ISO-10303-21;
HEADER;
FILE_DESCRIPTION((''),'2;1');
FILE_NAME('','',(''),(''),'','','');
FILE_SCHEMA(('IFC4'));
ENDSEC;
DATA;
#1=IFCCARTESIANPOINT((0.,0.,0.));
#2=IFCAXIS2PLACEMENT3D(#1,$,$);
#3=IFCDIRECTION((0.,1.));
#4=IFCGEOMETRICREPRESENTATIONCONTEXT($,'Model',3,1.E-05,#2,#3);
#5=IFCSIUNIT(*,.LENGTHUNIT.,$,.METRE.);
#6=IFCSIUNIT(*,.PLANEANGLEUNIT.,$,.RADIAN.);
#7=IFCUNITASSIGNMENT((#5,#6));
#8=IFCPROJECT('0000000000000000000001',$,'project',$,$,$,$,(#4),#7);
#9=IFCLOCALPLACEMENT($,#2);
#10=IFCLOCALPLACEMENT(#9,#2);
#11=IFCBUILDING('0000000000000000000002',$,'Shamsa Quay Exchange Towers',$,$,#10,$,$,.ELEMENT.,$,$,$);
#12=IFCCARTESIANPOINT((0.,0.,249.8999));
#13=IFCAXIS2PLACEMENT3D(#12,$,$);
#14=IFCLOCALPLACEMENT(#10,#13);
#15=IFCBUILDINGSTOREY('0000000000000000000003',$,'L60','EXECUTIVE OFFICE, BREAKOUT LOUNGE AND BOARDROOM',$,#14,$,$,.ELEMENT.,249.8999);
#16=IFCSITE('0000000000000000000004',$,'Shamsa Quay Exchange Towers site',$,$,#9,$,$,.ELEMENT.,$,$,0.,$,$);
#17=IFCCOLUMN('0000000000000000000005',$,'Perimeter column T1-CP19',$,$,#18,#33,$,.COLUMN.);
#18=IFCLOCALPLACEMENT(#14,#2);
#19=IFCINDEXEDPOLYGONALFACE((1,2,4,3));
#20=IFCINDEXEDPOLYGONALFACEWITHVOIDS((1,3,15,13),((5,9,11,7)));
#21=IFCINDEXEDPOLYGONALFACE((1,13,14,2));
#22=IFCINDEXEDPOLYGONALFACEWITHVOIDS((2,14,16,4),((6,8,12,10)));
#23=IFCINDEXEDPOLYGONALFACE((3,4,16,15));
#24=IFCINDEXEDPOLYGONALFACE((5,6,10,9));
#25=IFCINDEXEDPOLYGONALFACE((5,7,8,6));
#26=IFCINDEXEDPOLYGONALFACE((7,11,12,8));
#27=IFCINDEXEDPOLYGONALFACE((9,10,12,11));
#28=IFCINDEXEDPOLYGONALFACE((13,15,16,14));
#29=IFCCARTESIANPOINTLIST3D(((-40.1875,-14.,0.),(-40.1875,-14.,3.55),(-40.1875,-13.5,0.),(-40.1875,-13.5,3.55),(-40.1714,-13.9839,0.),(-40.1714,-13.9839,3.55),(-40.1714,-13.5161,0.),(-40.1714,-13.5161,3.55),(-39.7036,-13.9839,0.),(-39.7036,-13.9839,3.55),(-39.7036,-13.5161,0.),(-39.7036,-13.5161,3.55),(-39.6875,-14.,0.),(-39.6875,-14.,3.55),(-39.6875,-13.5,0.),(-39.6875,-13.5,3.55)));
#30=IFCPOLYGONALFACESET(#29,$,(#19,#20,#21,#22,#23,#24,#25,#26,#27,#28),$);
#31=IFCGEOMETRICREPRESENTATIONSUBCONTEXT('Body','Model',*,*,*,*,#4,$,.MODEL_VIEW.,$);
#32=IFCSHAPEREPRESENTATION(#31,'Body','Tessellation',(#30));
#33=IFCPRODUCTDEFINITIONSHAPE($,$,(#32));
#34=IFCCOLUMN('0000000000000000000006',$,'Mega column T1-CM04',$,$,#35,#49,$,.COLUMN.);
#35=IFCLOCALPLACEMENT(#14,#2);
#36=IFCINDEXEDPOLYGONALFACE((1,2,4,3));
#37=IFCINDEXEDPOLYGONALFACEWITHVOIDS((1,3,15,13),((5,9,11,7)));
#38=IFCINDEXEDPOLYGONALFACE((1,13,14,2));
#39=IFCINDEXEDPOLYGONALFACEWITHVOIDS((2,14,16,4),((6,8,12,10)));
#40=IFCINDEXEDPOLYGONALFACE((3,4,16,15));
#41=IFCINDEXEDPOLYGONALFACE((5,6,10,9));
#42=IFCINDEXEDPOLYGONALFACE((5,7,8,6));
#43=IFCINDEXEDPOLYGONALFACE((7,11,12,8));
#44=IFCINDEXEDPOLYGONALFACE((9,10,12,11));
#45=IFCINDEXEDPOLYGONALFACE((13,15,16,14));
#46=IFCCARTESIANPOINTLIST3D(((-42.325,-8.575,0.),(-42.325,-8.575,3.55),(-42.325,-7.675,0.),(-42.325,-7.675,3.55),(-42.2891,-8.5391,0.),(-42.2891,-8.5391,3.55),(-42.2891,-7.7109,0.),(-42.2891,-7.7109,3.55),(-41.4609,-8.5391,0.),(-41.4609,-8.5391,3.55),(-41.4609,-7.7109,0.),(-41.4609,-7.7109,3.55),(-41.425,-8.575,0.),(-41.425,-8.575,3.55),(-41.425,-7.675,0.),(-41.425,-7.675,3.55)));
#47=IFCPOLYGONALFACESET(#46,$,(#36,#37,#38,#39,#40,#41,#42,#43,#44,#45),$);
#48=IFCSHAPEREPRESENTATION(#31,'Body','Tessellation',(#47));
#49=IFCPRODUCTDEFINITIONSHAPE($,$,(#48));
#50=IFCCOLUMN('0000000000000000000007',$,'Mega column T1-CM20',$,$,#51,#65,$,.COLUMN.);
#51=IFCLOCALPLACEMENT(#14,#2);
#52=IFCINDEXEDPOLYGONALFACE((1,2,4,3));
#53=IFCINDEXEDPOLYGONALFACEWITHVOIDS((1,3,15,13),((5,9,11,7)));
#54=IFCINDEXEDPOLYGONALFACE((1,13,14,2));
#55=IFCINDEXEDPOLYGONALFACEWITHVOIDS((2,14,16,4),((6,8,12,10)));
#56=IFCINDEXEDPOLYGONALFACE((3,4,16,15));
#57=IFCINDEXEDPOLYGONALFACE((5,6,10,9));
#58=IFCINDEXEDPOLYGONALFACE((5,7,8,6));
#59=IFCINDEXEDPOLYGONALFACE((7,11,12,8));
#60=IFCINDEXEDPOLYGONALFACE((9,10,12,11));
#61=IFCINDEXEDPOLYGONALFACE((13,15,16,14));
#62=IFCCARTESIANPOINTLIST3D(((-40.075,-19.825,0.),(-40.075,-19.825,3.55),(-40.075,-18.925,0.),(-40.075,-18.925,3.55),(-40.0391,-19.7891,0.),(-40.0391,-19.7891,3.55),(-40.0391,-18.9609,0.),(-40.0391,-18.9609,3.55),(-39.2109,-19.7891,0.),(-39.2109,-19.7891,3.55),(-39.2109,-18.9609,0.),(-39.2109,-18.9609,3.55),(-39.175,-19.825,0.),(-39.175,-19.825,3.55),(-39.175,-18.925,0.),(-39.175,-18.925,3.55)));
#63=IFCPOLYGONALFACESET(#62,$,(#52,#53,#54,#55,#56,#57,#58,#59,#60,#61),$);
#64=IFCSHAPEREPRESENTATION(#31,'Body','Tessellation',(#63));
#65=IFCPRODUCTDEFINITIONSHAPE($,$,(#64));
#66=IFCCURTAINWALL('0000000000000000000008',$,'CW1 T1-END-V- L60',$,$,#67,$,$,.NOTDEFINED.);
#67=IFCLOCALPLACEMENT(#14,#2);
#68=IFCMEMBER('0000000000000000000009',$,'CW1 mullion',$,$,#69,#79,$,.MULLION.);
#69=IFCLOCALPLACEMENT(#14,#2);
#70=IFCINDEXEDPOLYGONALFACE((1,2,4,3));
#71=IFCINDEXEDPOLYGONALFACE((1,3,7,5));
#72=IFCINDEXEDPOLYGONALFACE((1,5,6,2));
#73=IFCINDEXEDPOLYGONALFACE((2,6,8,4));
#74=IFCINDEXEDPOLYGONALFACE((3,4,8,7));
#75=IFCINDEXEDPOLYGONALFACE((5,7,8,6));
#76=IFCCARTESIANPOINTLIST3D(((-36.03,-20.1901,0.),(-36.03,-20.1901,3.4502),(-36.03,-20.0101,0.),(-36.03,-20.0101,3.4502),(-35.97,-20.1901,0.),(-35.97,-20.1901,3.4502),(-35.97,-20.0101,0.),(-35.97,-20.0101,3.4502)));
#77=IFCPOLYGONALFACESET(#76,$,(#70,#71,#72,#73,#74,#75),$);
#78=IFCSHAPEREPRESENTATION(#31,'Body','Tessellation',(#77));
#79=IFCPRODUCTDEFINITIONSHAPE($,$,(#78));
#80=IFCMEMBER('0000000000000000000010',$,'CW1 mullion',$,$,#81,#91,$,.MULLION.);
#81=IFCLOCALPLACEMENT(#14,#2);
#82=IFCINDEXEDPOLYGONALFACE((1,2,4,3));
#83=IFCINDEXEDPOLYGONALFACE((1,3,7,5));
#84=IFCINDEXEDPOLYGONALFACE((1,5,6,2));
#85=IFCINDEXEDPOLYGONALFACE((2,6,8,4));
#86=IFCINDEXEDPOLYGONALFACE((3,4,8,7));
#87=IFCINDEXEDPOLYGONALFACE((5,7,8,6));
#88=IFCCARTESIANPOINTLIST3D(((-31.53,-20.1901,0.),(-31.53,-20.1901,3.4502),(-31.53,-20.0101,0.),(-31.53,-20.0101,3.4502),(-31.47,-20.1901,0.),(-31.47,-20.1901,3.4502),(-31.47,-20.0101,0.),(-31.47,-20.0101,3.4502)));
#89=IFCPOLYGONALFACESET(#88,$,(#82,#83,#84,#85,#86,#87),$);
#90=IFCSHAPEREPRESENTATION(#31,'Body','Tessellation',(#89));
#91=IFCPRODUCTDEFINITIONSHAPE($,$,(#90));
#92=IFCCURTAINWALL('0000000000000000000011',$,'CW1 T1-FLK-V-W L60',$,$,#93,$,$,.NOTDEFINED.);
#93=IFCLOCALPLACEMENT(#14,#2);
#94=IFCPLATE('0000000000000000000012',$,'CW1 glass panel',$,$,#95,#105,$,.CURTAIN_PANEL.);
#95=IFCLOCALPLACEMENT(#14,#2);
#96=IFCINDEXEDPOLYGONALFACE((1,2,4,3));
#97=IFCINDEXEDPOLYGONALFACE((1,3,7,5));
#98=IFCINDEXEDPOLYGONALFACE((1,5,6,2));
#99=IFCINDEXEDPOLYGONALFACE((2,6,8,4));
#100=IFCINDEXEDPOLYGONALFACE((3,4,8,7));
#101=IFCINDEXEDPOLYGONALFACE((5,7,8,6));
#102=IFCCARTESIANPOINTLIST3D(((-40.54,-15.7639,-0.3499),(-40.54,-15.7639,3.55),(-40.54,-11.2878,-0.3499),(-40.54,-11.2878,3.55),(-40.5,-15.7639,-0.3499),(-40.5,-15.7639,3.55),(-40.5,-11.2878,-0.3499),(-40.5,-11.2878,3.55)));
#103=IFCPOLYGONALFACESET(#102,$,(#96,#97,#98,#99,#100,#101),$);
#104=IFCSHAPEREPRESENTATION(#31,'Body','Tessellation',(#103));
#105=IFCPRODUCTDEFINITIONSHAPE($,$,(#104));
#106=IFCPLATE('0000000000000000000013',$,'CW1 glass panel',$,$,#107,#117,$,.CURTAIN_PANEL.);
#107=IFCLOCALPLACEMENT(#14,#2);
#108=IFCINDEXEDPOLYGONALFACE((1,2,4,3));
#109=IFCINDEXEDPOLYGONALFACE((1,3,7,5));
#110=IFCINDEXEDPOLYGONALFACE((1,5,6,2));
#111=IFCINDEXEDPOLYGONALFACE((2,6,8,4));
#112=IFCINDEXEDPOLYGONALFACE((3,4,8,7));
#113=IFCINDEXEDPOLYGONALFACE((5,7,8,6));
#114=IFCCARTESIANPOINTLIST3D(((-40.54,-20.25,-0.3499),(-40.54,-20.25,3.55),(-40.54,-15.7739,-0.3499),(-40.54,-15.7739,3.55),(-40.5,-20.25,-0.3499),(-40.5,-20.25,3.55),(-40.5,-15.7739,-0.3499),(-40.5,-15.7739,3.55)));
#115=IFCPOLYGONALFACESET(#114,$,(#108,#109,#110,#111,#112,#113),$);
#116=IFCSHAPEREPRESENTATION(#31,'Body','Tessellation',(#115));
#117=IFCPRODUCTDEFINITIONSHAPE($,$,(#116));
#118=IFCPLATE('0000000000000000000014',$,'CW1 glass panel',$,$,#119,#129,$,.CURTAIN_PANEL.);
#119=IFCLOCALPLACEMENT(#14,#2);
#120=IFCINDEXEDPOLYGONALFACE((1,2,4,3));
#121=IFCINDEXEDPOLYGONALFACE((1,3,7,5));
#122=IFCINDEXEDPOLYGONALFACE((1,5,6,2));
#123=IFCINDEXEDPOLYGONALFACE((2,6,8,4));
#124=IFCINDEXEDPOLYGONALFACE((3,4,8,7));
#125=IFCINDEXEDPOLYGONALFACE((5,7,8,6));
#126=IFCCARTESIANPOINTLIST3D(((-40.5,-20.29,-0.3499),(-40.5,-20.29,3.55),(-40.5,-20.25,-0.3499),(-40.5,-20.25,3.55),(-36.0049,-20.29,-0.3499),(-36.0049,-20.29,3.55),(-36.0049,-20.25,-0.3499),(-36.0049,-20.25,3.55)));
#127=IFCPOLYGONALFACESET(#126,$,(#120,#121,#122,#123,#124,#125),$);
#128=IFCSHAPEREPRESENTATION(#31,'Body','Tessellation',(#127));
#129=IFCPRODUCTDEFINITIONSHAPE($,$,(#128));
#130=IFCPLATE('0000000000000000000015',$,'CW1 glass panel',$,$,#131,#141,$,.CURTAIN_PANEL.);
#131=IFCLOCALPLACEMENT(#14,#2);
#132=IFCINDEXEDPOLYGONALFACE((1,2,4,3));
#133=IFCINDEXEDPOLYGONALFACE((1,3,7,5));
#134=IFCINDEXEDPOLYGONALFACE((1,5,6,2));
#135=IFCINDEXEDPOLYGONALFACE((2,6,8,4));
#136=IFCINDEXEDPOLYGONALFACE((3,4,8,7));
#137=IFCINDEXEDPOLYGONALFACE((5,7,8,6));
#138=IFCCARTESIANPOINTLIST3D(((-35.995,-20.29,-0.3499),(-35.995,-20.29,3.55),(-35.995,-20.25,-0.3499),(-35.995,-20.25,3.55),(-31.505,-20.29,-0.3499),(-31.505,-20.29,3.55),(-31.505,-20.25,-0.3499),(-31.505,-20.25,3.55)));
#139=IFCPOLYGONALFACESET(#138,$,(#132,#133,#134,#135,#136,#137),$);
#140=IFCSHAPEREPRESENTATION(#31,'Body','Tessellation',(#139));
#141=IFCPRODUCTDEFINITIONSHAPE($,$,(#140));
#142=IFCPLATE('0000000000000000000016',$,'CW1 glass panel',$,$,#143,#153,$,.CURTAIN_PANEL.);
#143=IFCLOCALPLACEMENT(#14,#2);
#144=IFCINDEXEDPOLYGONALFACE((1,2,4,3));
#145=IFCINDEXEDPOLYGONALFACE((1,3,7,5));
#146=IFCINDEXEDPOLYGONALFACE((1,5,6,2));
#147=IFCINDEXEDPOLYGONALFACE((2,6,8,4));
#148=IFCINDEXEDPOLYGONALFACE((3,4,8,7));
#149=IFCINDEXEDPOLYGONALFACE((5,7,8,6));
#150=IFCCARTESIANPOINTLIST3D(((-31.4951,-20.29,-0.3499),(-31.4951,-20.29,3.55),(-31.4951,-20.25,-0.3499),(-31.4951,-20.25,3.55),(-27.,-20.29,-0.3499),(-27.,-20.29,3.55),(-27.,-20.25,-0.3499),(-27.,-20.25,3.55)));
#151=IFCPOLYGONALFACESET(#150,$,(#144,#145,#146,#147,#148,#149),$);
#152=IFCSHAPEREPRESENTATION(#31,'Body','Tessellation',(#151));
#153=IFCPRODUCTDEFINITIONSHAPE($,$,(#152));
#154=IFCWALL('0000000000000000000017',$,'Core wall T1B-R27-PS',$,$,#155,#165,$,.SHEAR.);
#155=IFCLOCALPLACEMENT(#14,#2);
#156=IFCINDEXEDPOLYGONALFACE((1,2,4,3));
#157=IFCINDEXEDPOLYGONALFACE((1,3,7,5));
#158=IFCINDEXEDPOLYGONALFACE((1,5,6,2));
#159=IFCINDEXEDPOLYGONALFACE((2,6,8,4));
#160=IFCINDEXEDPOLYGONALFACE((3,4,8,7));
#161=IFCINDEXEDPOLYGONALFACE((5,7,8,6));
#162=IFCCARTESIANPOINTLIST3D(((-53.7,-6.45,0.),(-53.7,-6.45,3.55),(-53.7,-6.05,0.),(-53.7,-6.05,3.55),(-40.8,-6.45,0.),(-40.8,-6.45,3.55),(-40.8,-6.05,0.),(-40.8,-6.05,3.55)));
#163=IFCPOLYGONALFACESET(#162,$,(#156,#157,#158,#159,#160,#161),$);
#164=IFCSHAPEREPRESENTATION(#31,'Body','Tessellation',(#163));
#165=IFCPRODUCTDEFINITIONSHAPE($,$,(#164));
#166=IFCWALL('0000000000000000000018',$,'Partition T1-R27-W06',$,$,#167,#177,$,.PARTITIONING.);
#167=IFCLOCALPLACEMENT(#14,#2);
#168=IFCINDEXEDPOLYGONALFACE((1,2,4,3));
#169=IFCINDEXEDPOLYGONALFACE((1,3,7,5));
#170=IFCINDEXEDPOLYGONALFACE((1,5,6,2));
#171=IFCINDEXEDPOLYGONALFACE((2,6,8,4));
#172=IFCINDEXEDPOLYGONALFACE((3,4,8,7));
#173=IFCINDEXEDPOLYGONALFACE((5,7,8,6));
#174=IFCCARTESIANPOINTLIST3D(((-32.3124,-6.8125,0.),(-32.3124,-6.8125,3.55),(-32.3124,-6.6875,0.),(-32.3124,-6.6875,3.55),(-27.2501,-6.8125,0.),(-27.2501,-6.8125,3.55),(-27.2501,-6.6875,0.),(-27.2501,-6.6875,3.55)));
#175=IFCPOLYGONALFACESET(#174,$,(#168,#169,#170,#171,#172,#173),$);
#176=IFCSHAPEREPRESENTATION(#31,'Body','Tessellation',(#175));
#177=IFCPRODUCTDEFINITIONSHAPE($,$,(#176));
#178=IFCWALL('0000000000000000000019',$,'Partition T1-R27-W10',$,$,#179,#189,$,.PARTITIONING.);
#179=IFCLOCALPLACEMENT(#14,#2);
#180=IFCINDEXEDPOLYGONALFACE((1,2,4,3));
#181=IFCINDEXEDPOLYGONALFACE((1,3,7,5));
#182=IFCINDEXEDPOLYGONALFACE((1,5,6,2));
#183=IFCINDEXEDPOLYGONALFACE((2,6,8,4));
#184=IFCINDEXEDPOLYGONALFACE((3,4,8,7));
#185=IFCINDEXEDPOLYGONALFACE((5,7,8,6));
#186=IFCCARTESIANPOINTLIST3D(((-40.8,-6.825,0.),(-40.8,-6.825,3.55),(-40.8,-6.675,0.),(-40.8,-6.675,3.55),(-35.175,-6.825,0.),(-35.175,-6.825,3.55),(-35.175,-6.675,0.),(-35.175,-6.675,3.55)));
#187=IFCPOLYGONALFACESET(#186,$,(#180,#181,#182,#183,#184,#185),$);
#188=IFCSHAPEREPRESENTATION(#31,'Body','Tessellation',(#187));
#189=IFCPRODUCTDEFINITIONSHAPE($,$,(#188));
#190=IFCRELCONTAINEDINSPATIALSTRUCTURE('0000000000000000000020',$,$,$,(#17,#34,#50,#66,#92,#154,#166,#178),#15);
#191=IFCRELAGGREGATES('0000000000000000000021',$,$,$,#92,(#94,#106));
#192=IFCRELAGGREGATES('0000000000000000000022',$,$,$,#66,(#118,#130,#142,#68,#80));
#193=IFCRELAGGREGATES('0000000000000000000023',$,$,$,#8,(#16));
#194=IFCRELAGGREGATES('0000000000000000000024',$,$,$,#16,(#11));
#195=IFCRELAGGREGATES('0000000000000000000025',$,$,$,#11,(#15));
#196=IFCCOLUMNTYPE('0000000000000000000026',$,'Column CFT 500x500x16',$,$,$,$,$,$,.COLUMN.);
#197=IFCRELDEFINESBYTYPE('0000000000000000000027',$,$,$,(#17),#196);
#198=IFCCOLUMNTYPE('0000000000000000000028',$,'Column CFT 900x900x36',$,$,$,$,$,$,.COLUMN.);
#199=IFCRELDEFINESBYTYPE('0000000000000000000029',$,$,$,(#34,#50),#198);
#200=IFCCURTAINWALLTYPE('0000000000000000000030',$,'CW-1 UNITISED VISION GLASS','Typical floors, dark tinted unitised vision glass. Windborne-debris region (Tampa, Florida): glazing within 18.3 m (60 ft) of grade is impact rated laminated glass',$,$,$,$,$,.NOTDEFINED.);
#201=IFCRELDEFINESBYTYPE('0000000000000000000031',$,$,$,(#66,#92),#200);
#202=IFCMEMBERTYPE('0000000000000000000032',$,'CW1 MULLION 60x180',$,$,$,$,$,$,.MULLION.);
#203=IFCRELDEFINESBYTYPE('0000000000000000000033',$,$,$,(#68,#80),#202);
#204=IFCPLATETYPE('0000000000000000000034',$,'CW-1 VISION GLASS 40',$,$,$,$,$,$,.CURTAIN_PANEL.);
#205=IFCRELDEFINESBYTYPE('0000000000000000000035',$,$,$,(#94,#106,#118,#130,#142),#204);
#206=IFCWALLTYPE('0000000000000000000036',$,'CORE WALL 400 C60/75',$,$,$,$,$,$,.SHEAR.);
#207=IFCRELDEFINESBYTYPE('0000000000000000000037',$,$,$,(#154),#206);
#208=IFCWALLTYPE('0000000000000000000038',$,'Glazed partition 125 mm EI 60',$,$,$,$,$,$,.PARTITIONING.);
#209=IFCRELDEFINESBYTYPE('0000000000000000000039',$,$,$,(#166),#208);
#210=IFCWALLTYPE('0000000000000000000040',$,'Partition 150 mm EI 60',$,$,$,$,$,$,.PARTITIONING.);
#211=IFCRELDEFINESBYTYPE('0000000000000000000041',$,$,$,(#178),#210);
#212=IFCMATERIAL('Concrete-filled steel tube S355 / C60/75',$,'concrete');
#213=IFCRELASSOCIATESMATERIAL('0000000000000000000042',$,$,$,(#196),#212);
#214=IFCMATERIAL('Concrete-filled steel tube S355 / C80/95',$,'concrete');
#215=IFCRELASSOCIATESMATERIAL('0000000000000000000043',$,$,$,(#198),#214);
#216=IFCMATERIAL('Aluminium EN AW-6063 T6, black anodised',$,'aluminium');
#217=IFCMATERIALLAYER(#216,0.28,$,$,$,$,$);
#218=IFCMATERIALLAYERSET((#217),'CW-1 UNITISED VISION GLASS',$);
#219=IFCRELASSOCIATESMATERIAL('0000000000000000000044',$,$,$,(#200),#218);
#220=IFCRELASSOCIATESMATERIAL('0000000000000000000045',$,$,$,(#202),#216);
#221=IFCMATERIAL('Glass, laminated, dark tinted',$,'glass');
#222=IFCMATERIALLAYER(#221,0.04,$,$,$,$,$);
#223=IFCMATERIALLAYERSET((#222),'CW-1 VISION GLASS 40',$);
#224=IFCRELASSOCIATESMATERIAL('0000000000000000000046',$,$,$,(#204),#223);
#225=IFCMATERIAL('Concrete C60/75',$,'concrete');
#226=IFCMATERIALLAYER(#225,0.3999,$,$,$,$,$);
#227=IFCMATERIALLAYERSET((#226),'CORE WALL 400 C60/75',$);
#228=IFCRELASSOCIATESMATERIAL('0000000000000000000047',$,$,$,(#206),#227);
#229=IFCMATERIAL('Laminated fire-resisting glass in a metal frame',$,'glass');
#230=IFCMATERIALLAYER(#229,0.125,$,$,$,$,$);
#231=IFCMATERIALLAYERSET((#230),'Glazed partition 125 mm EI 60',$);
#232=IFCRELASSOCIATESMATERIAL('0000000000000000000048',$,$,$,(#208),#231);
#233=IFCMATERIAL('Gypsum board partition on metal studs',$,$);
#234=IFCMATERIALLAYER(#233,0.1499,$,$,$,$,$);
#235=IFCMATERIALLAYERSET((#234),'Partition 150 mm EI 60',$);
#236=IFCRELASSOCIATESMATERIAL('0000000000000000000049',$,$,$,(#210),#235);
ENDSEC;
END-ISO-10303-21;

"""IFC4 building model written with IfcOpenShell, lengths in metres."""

from ifc_helpers import new_model, si_unit, direction, frame, frame_2d, origin, origin_2d, place, context, subcontext, project, spatial, rectangle, hollow_rectangle, extrude, material, layer, layer_set, material_profile, profile_set, type_object, element, aggregate, save


model = new_model("IFC4")

# Units and contexts
model_context = context("Model", 3, precision=1e-05, world=origin(), true_north=direction((0.0, 1.0)))
body_context = subcontext(model_context, "Body", "Model", "MODEL_VIEW")
ifc_project = project(units=[si_unit("LENGTHUNIT", "METRE"), si_unit("PLANEANGLEUNIT", "RADIAN")], contexts=[model_context])

# Site, building, storey
site_placement = place(None, origin())
site = spatial("IfcSite", under=ifc_project, at=site_placement, Name="Shamsa Quay Exchange Towers site", CompositionType="ELEMENT", RefElevation=0.0)
building_placement = place(site_placement, origin())
building = spatial("IfcBuilding", under=site, at=building_placement, Name="Shamsa Quay Exchange Towers", CompositionType="ELEMENT")
storey_placement = place(building_placement, frame((0.0, 0.0, 249.8999)))
storey = spatial("IfcBuildingStorey", under=building, at=storey_placement, Name="L60", Description="EXECUTIVE OFFICE, BREAKOUT LOUNGE AND BOARDROOM", CompositionType="ELEMENT", Elevation=249.8999)

# Columns
ifc_material_1 = material(Name="Concrete-filled steel tube S355 / C60/75", Category="concrete")
ifc_material_profile_1 = material_profile(ifc_material_1, hollow_rectangle(XDim=0.5, YDim=0.5, WallThickness=0.0161, at=origin_2d()), Name="CFT 500x500x16")
ifc_profile_set_1 = profile_set([ifc_material_profile_1], Name="Concrete-filled steel tube S355 / C60/75")
column_type_1 = type_object("IfcColumnType", Name="Column CFT 500x500x16", PredefinedType="COLUMN", material=ifc_profile_set_1)
column_placement = place(storey_placement, frame((-39.9375, -13.75, 0.0)))
element("IfcColumn", 1, at=column_placement, inside=storey, type_object=column_type_1, Name="Perimeter column T1-CP19", PredefinedType="COLUMN", context=body_context, shape_type="SweptSolid", body=[
    extrude(hollow_rectangle(XDim=0.5, YDim=0.5, WallThickness=0.0161, at=origin_2d()), origin(), (0.0, 0.0, 1.0), 3.55),
])
ifc_material_2 = material(Name="Concrete-filled steel tube S355 / C80/95", Category="concrete")
ifc_material_profile_2 = material_profile(ifc_material_2, hollow_rectangle(XDim=0.8999, YDim=0.8999, WallThickness=0.0359, at=origin_2d()), Name="CFT 900x900x36")
ifc_profile_set_2 = profile_set([ifc_material_profile_2], Name="Concrete-filled steel tube S355 / C80/95")
column_type_2 = type_object("IfcColumnType", Name="Column CFT 900x900x36", PredefinedType="COLUMN", material=ifc_profile_set_2)
for number, where, name in (
    (2, (-41.875, -8.125, 0.0), "Mega column T1-CM04"),
    (3, (-39.625, -19.375, 0.0), "Mega column T1-CM20"),
):
    element("IfcColumn", number, at=place(storey_placement, frame(where)), inside=storey, type_object=column_type_2, Name=name, PredefinedType="COLUMN", context=body_context, shape_type="SweptSolid", body=[
        extrude(hollow_rectangle(XDim=0.8999, YDim=0.8999, WallThickness=0.0359, at=origin_2d()), origin(), (0.0, 0.0, 1.0), 3.55),
    ])

# Curtain wall, members
ifc_material_3 = material(Name="Aluminium EN AW-6063 T6, black anodised", Category="aluminium")
ifc_layer_1 = layer(ifc_material_3, 0.28)
ifc_layer_set_1 = layer_set([ifc_layer_1], Name="CW-1 UNITISED VISION GLASS")
curtain_wall_type = type_object("IfcCurtainWallType", Name="CW-1 UNITISED VISION GLASS", Description="Typical floors, dark tinted unitised vision glass. Windborne-debris region (Tampa, Florida): glazing within 18.3 m (60 ft) of grade is impact rated laminated glass", PredefinedType="NOTDEFINED", material=ifc_layer_set_1)
curtain_wall_1_placement = place(storey_placement, origin())
curtain_wall_1 = element("IfcCurtainWall", 4, at=curtain_wall_1_placement, inside=storey, type_object=curtain_wall_type, Name="CW1 T1-END-V- L60", PredefinedType="NOTDEFINED")
ifc_material_profile_3 = material_profile(ifc_material_3, rectangle(XDim=0.1799, YDim=0.0601, at=origin_2d()), Name="MU60x180")
ifc_profile_set_3 = profile_set([ifc_material_profile_3], Name="Aluminium EN AW-6063 T6, black anodised")
member_type = type_object("IfcMemberType", Name="CW1 MULLION 60x180", PredefinedType="MULLION", material=ifc_profile_set_3)
member_1_placement = place(storey_placement, frame((-36.0, -20.1001, 0.0), z_axis=(0.0, 0.0, 1.0), x_axis=(0.0, 1.0, 0.0)))
member_1 = element("IfcMember", 5, at=member_1_placement, type_object=member_type, Name="CW1 mullion", PredefinedType="MULLION", context=body_context, shape_type="SweptSolid", body=[
    extrude(rectangle(XDim=0.1799, YDim=0.0601, at=origin_2d()), origin(), (0.0, 0.0, 1.0), 3.4502),
])
member_2_placement = place(storey_placement, frame((-31.5, -20.1001, 0.0), z_axis=(0.0, 0.0, 1.0), x_axis=(0.0, 1.0, 0.0)))
member_2 = element("IfcMember", 6, at=member_2_placement, type_object=member_type, Name="CW1 mullion", PredefinedType="MULLION", context=body_context, shape_type="SweptSolid", body=[
    extrude(rectangle(XDim=0.1799, YDim=0.0601, at=origin_2d()), origin(), (0.0, 0.0, 1.0), 3.4502),
])

# Curtain wall, plates
curtain_wall_2_placement = place(storey_placement, origin())
curtain_wall_2 = element("IfcCurtainWall", 7, at=curtain_wall_2_placement, inside=storey, type_object=curtain_wall_type, Name="CW1 T1-FLK-V-W L60", PredefinedType="NOTDEFINED")
ifc_material_4 = material(Name="Glass, laminated, dark tinted", Category="glass")
ifc_layer_2 = layer(ifc_material_4, 0.04)
ifc_layer_set_2 = layer_set([ifc_layer_2], Name="CW-1 VISION GLASS 40")
plate_type = type_object("IfcPlateType", Name="CW-1 VISION GLASS 40", PredefinedType="CURTAIN_PANEL", material=ifc_layer_set_2)
plate_1_placement = place(storey_placement, frame((-40.52, -13.5259, -0.3499), z_axis=(0.0, 0.0, 1.0), x_axis=(0.0, -1.0, 0.0)))
plate_1 = element("IfcPlate", 8, at=plate_1_placement, type_object=plate_type, Name="CW1 glass panel", PredefinedType="CURTAIN_PANEL", context=body_context, shape_type="SweptSolid", body=[
    extrude(rectangle(XDim=4.4761, YDim=0.04, at=origin_2d()), origin(), (0.0, 0.0, 1.0), 3.8999),
])
plate_2_placement = place(storey_placement, frame((-40.52, -18.012, -0.3499), z_axis=(0.0, 0.0, 1.0), x_axis=(0.0, -1.0, 0.0)))
plate_2 = element("IfcPlate", 9, at=plate_2_placement, type_object=plate_type, Name="CW1 glass panel", PredefinedType="CURTAIN_PANEL", context=body_context, shape_type="SweptSolid", body=[
    extrude(rectangle(XDim=4.4761, YDim=0.04, at=origin_2d()), origin(), (0.0, 0.0, 1.0), 3.8999),
])
aggregate(curtain_wall_2, [plate_1, plate_2])

# Plates
plate_3_placement = place(storey_placement, frame((-38.2524, -20.27, -0.3499)))
plate_3 = element("IfcPlate", 10, at=plate_3_placement, type_object=plate_type, Name="CW1 glass panel", PredefinedType="CURTAIN_PANEL", context=body_context, shape_type="SweptSolid", body=[
    extrude(rectangle(XDim=4.4951, YDim=0.04, at=origin_2d()), origin(), (0.0, 0.0, 1.0), 3.8999),
])
plate_4_placement = place(storey_placement, frame((-33.75, -20.27, -0.3499)))
plate_4 = element("IfcPlate", 11, at=plate_4_placement, type_object=plate_type, Name="CW1 glass panel", PredefinedType="CURTAIN_PANEL", context=body_context, shape_type="SweptSolid", body=[
    extrude(rectangle(XDim=4.49, YDim=0.04, at=origin_2d()), origin(), (0.0, 0.0, 1.0), 3.8999),
])
plate_5_placement = place(storey_placement, frame((-29.2476, -20.27, -0.3499)))
plate_5 = element("IfcPlate", 12, at=plate_5_placement, type_object=plate_type, Name="CW1 glass panel", PredefinedType="CURTAIN_PANEL", context=body_context, shape_type="SweptSolid", body=[
    extrude(rectangle(XDim=4.4951, YDim=0.04, at=origin_2d()), origin(), (0.0, 0.0, 1.0), 3.8999),
])
aggregate(curtain_wall_1, [plate_3, plate_4, plate_5, member_1, member_2])

# Wall
ifc_material_5 = material(Name="Concrete C60/75", Category="concrete")
ifc_layer_3 = layer(ifc_material_5, 0.3999)
ifc_layer_set_3 = layer_set([ifc_layer_3], Name="CORE WALL 400 C60/75")
wall_type_1 = type_object("IfcWallType", Name="CORE WALL 400 C60/75", PredefinedType="SHEAR", material=ifc_layer_set_3)
wall_1_placement = place(storey_placement, frame((-40.8, -6.25, 0.0), z_axis=(0.0, 0.0, 1.0), x_axis=(-1.0, 0.0, 0.0)))
element("IfcWall", 13, at=wall_1_placement, inside=storey, type_object=wall_type_1, Name="Core wall T1B-R27-PS", PredefinedType="SHEAR", context=body_context, shape_type="SweptSolid", body=[
    extrude(rectangle(XDim=12.8999, YDim=0.3999, at=frame_2d((6.45, 0.0))), origin(), (0.0, 0.0, 1.0), 3.55),
])

# Walls
ifc_material_6 = material(Name="Laminated fire-resisting glass in a metal frame", Category="glass")
ifc_layer_4 = layer(ifc_material_6, 0.125)
ifc_layer_set_4 = layer_set([ifc_layer_4], Name="Glazed partition 125 mm EI 60")
wall_type_2 = type_object("IfcWallType", Name="Glazed partition 125 mm EI 60", PredefinedType="PARTITIONING", material=ifc_layer_set_4)
wall_2_placement = place(storey_placement, frame((-32.3125, -6.75, 0.0)))
element("IfcWall", 14, at=wall_2_placement, inside=storey, type_object=wall_type_2, Name="Partition T1-R27-W06", PredefinedType="PARTITIONING", context=body_context, shape_type="SweptSolid", body=[
    extrude(rectangle(XDim=5.0623, YDim=0.125, at=frame_2d((2.5312, 0.0))), origin(), (0.0, 0.0, 1.0), 3.55),
])
ifc_material_7 = material(Name="Gypsum board partition on metal studs")
ifc_layer_5 = layer(ifc_material_7, 0.1499)
ifc_layer_set_5 = layer_set([ifc_layer_5], Name="Partition 150 mm EI 60")
wall_type_3 = type_object("IfcWallType", Name="Partition 150 mm EI 60", PredefinedType="PARTITIONING", material=ifc_layer_set_5)
wall_3_placement = place(storey_placement, frame((-40.8, -6.75, 0.0)))
element("IfcWall", 15, at=wall_3_placement, inside=storey, type_object=wall_type_3, Name="Partition T1-R27-W10", PredefinedType="PARTITIONING", context=body_context, shape_type="SweptSolid", body=[
    extrude(rectangle(XDim=5.625, YDim=0.1499, at=frame_2d((2.8125, 0.0))), origin(), (0.0, 0.0, 1.0), 3.55),
])

save(model, "model.ifc")
